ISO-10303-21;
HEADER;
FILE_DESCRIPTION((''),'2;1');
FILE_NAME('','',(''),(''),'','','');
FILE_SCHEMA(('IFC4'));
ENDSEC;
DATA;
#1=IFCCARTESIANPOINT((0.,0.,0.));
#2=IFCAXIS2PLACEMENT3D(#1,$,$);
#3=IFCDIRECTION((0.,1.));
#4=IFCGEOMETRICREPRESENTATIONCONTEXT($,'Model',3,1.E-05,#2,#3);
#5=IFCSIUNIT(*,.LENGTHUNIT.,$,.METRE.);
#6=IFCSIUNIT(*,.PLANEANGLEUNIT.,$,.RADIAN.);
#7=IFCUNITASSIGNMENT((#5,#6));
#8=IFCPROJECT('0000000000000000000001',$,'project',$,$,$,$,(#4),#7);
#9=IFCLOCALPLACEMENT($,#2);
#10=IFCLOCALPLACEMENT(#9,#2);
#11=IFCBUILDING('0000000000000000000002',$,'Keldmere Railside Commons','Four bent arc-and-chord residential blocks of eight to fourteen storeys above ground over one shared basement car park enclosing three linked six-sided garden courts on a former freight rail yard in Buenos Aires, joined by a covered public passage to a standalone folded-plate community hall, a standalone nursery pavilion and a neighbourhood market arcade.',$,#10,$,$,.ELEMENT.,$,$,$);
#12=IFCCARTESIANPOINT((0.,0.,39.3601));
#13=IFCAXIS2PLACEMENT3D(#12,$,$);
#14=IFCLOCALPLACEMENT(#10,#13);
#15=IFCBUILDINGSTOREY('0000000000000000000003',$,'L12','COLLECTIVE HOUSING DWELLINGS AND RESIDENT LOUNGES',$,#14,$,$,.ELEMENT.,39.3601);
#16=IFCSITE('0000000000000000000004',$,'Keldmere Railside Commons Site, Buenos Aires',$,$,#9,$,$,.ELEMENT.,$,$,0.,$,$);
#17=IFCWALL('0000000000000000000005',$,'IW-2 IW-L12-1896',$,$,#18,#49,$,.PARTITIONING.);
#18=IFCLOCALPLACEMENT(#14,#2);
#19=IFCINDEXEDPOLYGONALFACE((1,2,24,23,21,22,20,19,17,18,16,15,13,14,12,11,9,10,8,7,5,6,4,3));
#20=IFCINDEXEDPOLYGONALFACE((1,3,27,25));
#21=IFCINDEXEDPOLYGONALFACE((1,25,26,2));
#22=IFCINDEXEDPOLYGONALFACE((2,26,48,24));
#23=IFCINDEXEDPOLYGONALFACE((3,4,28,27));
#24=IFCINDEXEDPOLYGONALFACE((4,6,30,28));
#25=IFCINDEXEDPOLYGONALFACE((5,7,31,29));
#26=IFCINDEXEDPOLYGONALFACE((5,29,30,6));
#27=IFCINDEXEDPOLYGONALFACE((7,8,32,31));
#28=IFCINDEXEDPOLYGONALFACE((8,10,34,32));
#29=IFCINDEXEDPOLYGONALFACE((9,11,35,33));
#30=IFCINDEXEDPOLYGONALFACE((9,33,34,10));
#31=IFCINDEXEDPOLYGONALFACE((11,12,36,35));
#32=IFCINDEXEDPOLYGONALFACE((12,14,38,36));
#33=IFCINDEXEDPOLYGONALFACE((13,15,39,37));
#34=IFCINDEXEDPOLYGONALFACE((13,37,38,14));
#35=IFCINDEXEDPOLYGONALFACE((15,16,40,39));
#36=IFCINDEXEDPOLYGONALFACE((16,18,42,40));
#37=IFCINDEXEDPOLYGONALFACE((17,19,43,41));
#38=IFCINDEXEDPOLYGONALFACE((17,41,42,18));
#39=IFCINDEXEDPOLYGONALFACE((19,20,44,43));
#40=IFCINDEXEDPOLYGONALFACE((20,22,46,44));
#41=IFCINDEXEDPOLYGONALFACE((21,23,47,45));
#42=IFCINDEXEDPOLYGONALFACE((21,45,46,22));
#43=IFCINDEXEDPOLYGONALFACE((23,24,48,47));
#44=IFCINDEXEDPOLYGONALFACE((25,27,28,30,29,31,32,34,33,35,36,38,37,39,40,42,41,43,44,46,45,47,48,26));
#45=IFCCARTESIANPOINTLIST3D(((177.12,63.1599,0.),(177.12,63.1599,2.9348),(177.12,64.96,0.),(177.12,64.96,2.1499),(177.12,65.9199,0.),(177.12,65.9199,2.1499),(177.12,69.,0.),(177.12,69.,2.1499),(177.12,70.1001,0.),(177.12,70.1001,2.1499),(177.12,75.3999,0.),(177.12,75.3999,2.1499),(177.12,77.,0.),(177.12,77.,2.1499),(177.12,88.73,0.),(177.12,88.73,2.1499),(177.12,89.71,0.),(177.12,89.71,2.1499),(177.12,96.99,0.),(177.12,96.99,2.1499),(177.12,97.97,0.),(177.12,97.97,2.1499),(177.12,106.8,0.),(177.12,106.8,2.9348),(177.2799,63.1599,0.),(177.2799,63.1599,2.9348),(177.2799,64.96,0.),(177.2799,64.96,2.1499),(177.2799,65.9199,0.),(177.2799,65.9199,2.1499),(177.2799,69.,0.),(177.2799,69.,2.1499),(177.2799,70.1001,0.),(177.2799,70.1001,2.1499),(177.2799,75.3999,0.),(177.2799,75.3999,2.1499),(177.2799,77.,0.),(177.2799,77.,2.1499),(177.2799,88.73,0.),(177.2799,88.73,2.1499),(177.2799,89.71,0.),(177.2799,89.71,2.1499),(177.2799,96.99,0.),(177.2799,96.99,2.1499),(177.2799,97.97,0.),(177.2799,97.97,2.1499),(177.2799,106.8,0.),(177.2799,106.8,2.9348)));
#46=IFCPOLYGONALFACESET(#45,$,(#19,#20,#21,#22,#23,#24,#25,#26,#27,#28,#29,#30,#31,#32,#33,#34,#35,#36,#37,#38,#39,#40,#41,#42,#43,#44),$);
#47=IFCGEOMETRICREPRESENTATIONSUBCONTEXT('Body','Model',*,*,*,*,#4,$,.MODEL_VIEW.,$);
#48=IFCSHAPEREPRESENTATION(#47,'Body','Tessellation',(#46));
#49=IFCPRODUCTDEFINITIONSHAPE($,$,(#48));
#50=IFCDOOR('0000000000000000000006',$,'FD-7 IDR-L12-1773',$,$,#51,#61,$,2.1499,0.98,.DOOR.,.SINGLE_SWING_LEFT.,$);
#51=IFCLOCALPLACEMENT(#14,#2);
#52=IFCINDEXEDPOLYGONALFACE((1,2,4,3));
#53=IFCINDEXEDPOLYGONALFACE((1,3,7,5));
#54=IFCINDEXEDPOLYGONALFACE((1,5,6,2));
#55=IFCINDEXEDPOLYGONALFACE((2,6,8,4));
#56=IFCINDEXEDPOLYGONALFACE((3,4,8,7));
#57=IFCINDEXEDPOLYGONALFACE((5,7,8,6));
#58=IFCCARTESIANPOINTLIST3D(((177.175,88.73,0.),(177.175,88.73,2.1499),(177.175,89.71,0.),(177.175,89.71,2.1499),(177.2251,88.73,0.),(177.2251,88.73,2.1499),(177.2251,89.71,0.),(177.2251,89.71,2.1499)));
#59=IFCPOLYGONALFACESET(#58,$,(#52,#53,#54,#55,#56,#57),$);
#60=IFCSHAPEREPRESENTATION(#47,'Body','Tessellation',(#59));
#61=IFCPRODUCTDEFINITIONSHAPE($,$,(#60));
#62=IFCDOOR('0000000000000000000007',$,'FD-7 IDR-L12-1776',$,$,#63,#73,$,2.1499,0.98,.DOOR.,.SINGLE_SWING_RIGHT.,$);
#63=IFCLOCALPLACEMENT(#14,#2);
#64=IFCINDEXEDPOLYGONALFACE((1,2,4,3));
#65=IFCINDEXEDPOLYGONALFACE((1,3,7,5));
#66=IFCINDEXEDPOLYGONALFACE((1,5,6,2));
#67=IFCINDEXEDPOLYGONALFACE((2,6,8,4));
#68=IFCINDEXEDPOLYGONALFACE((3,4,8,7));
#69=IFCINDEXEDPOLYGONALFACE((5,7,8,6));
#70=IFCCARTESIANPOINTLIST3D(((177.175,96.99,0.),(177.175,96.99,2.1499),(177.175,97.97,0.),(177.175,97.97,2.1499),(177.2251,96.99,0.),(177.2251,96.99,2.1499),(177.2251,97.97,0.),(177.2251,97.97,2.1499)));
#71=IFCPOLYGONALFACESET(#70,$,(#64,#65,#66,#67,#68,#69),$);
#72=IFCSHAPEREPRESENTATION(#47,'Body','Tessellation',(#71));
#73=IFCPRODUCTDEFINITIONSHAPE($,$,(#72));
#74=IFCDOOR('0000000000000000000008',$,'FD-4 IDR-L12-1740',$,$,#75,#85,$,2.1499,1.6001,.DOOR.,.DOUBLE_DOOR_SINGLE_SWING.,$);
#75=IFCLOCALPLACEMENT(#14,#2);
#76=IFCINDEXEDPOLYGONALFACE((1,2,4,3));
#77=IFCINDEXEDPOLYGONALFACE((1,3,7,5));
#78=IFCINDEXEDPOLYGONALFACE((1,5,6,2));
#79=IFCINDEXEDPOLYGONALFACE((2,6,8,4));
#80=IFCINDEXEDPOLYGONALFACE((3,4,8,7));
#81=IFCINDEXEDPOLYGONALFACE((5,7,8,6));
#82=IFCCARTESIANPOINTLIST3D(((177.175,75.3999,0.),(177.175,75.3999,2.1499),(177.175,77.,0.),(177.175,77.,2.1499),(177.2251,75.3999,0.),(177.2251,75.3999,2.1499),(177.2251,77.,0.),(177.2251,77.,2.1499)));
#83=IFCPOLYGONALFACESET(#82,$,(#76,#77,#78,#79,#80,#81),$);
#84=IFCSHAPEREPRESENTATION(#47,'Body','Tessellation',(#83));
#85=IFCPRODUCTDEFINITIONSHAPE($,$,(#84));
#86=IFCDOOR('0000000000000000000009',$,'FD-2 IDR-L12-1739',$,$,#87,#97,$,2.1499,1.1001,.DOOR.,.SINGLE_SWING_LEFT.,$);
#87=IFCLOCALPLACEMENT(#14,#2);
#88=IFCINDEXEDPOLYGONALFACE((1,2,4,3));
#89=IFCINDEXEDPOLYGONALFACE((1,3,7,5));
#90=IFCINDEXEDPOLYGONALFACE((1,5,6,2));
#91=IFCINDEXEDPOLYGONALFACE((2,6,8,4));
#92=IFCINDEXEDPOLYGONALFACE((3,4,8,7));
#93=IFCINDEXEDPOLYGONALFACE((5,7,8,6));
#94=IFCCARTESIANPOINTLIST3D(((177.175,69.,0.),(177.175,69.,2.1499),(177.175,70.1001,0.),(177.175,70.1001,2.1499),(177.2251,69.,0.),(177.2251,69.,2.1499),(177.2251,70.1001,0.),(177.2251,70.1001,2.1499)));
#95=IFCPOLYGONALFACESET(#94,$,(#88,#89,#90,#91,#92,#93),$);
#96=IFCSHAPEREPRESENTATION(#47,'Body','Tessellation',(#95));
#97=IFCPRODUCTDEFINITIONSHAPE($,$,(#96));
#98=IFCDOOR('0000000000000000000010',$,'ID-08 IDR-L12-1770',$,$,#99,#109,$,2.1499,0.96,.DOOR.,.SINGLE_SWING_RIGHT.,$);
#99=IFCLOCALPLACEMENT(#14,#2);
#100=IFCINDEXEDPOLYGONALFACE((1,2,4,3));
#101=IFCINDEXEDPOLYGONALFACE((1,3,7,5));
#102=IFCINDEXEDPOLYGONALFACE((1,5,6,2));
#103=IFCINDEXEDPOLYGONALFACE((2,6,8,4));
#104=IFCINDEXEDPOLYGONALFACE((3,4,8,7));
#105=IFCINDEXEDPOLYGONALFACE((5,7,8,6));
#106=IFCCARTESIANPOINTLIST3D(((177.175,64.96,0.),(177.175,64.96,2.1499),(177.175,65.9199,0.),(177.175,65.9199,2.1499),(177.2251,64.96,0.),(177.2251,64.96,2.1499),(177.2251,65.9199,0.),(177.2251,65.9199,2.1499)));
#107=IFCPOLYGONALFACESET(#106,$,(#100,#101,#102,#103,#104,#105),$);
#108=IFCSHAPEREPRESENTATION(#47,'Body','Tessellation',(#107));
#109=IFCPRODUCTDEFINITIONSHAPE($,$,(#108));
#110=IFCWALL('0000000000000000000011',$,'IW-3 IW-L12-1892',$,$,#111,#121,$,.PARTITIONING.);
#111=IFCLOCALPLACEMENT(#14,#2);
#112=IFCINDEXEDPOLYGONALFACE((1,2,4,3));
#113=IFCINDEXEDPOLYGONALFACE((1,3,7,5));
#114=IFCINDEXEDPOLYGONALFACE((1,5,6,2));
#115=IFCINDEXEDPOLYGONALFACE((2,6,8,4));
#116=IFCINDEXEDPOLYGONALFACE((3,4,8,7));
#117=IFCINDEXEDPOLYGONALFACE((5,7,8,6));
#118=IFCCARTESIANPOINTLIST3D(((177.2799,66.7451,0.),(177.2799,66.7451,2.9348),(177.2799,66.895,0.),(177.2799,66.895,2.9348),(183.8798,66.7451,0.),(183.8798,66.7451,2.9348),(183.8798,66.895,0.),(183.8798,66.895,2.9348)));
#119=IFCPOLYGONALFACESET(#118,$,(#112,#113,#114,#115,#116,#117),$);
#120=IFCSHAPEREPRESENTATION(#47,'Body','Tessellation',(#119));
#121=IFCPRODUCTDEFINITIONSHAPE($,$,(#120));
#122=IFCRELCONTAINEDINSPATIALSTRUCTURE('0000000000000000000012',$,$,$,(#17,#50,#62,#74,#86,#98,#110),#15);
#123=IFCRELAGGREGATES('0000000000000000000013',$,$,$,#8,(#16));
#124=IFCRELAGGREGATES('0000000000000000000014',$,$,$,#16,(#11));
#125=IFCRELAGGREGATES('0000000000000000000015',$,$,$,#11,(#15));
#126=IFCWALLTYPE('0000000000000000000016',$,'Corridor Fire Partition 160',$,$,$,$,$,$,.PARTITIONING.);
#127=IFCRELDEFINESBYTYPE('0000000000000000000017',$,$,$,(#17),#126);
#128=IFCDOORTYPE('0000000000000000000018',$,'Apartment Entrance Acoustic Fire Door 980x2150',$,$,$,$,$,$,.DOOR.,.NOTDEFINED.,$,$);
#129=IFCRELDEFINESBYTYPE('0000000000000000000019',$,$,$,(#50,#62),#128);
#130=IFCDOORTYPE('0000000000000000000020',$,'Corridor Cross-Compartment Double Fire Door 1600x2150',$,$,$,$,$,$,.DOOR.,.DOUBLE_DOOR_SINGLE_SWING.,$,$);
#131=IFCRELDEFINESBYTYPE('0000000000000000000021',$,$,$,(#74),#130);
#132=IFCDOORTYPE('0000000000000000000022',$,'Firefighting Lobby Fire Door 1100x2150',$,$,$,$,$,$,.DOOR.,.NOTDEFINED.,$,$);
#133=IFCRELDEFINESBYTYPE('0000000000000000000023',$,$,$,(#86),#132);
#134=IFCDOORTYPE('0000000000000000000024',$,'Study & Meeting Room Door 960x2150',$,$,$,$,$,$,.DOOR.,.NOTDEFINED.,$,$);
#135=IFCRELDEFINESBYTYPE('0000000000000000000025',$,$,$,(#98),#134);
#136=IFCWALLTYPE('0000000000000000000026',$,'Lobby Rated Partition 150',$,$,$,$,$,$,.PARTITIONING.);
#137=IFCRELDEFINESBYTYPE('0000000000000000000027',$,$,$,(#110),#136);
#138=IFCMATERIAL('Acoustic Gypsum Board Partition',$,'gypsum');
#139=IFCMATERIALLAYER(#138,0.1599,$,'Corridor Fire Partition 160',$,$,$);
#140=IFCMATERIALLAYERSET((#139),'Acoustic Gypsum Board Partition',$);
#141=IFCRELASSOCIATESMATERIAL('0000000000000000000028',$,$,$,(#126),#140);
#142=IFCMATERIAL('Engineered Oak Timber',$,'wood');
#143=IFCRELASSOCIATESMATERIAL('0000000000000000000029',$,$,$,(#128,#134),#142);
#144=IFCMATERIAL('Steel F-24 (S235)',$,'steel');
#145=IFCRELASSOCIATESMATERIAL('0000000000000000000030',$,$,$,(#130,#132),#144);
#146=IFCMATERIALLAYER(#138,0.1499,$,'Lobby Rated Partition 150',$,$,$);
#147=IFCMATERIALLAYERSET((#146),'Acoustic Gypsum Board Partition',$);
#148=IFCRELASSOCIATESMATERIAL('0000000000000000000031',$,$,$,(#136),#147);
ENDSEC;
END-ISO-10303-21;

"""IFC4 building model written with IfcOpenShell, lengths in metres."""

from ifc_helpers import new_model, si_unit, direction, frame, frame_2d, origin, place, context, subcontext, project, spatial, rectangle, extrude, material, layer, layer_set, type_object, element, fill, save


model = new_model("IFC4")

# Units and contexts
model_context = context("Model", 3, precision=1e-05, world=origin(), true_north=direction((0.0, 1.0)))
body_context = subcontext(model_context, "Body", "Model", "MODEL_VIEW")
ifc_project = project(units=[si_unit("LENGTHUNIT", "METRE"), si_unit("PLANEANGLEUNIT", "RADIAN")], contexts=[model_context])

# Site, building, storey
site_placement = place(None, origin())
site = spatial("IfcSite", under=ifc_project, at=site_placement, Name="Keldmere Railside Commons Site, Buenos Aires", CompositionType="ELEMENT", RefElevation=0.0)
building_placement = place(site_placement, origin())
building = spatial("IfcBuilding", under=site, at=building_placement, Name="Keldmere Railside Commons", Description="Four bent arc-and-chord residential blocks of eight to fourteen storeys above ground over one shared basement car park enclosing three linked six-sided garden courts on a former freight rail yard in Buenos Aires, joined by a covered public passage to a standalone folded-plate community hall, a standalone nursery pavilion and a neighbourhood market arcade.", CompositionType="ELEMENT")
storey_placement = place(building_placement, frame((0.0, 0.0, 39.3601)))
storey = spatial("IfcBuildingStorey", under=building, at=storey_placement, Name="L12", Description="COLLECTIVE HOUSING DWELLINGS AND RESIDENT LOUNGES", CompositionType="ELEMENT", Elevation=39.3601)

# Shared definitions
ifc_material_1 = material(Name="Steel F-24 (S235)", Category="steel")

# Wall, openings, doors
ifc_material_2 = material(Name="Acoustic Gypsum Board Partition", Category="gypsum")
ifc_layer_1 = layer(ifc_material_2, 0.1599, Name="Corridor Fire Partition 160")
ifc_layer_set_1 = layer_set([ifc_layer_1], Name="Acoustic Gypsum Board Partition")
wall_type_1 = type_object("IfcWallType", Name="Corridor Fire Partition 160", PredefinedType="PARTITIONING", material=ifc_layer_set_1)
ifc_material_3 = material(Name="Engineered Oak Timber", Category="wood")
door_type_1 = type_object("IfcDoorType", Name="Apartment Entrance Acoustic Fire Door 980x2150", OperationType="NOTDEFINED", PredefinedType="DOOR", material=ifc_material_3)
wall_1_placement = place(storey_placement, frame((177.2, 63.1599, 0.0), z_axis=(0.0, 0.0, 1.0), x_axis=(0.0, 1.0, 0.0)))
wall_1 = element("IfcWall", 1, at=wall_1_placement, inside=storey, type_object=wall_type_1, Name="IW-2 IW-L12-1896", PredefinedType="PARTITIONING", context=body_context, shape_type="SweptSolid", body=[
    extrude(rectangle(XDim=43.6401, YDim=0.1599, at=frame_2d((21.8201, 0.0))), origin(), (0.0, 0.0, 1.0), 2.9348),
])
opening_1_placement = place(wall_1_placement, frame((5.8401, 0.0, 0.0)))
opening_1 = element("IfcOpeningElement", 2, at=opening_1_placement, cuts=wall_1, PredefinedType="OPENING", context=body_context, shape_type="SweptSolid", body=[
    extrude(rectangle(XDim=1.1001, YDim=2.1499, at=frame_2d((0.55, 1.075))), frame((0.0, 0.0898, 0.0), z_axis=(0.0, -1.0, 0.0), x_axis=(1.0, 0.0, 0.0)), (0.0, 0.0, 1.0), 0.1799),
])
opening_2_placement = place(wall_1_placement, frame((12.24, 0.0, 0.0)))
opening_2 = element("IfcOpeningElement", 3, at=opening_2_placement, cuts=wall_1, PredefinedType="OPENING", context=body_context, shape_type="SweptSolid", body=[
    extrude(rectangle(XDim=1.6001, YDim=2.1499, at=frame_2d((0.8, 1.075))), frame((0.0, 0.0898, 0.0), z_axis=(0.0, -1.0, 0.0), x_axis=(1.0, 0.0, 0.0)), (0.0, 0.0, 1.0), 0.1799),
])
opening_3_placement = place(wall_1_placement, frame((1.8, 0.0, 0.0)))
opening_3 = element("IfcOpeningElement", 4, at=opening_3_placement, cuts=wall_1, PredefinedType="OPENING", context=body_context, shape_type="SweptSolid", body=[
    extrude(rectangle(XDim=0.96, YDim=2.1499, at=frame_2d((0.48, 1.075))), frame((0.0, 0.0898, 0.0), z_axis=(0.0, -1.0, 0.0), x_axis=(1.0, 0.0, 0.0)), (0.0, 0.0, 1.0), 0.1799),
])
opening_4_placement = place(wall_1_placement, frame((25.5701, 0.0, 0.0)))
opening_4 = element("IfcOpeningElement", 5, at=opening_4_placement, cuts=wall_1, PredefinedType="OPENING", context=body_context, shape_type="SweptSolid", body=[
    extrude(rectangle(XDim=0.98, YDim=2.1499, at=frame_2d((0.49, 1.075))), frame((0.0, 0.0898, 0.0), z_axis=(0.0, -1.0, 0.0), x_axis=(1.0, 0.0, 0.0)), (0.0, 0.0, 1.0), 0.1799),
])
opening_5_placement = place(wall_1_placement, frame((33.8301, 0.0, 0.0)))
opening_5 = element("IfcOpeningElement", 6, at=opening_5_placement, cuts=wall_1, PredefinedType="OPENING", context=body_context, shape_type="SweptSolid", body=[
    extrude(rectangle(XDim=0.98, YDim=2.1499, at=frame_2d((0.49, 1.075))), frame((0.0, 0.0898, 0.0), z_axis=(0.0, -1.0, 0.0), x_axis=(1.0, 0.0, 0.0)), (0.0, 0.0, 1.0), 0.1799),
])
door_1_placement = place(opening_4_placement, origin())
door_1 = element("IfcDoor", 7, at=door_1_placement, inside=storey, type_object=door_type_1, Name="FD-7 IDR-L12-1773", OperationType="SINGLE_SWING_LEFT", OverallHeight=2.1499, OverallWidth=0.98, PredefinedType="DOOR", context=body_context, shape_type="SweptSolid", body=[
    extrude(rectangle(XDim=0.98, YDim=2.1499, at=frame_2d((0.49, 1.075))), frame((0.0, 0.0249, 0.0), z_axis=(0.0, -1.0, 0.0), x_axis=(1.0, 0.0, 0.0)), (0.0, 0.0, 1.0), 0.05),
])
fill(opening_4, door_1)
door_2_placement = place(opening_5_placement, origin())
door_2 = element("IfcDoor", 8, at=door_2_placement, inside=storey, type_object=door_type_1, Name="FD-7 IDR-L12-1776", OperationType="SINGLE_SWING_RIGHT", OverallHeight=2.1499, OverallWidth=0.98, PredefinedType="DOOR", context=body_context, shape_type="SweptSolid", body=[
    extrude(rectangle(XDim=0.98, YDim=2.1499, at=frame_2d((0.49, 1.075))), frame((0.0, 0.0249, 0.0), z_axis=(0.0, -1.0, 0.0), x_axis=(1.0, 0.0, 0.0)), (0.0, 0.0, 1.0), 0.05),
])
fill(opening_5, door_2)
door_type_2 = type_object("IfcDoorType", Name="Corridor Cross-Compartment Double Fire Door 1600x2150", OperationType="DOUBLE_DOOR_SINGLE_SWING", PredefinedType="DOOR", material=ifc_material_1)
door_3_placement = place(opening_2_placement, origin())
door_3 = element("IfcDoor", 9, at=door_3_placement, inside=storey, type_object=door_type_2, Name="FD-4 IDR-L12-1740", OperationType="DOUBLE_DOOR_SINGLE_SWING", OverallHeight=2.1499, OverallWidth=1.6001, PredefinedType="DOOR", context=body_context, shape_type="SweptSolid", body=[
    extrude(rectangle(XDim=1.6001, YDim=2.1499, at=frame_2d((0.8, 1.075))), frame((0.0, 0.0249, 0.0), z_axis=(0.0, -1.0, 0.0), x_axis=(1.0, 0.0, 0.0)), (0.0, 0.0, 1.0), 0.05),
])
fill(opening_2, door_3)
door_type_3 = type_object("IfcDoorType", Name="Firefighting Lobby Fire Door 1100x2150", OperationType="NOTDEFINED", PredefinedType="DOOR", material=ifc_material_1)
door_4_placement = place(opening_1_placement, origin())
door_4 = element("IfcDoor", 10, at=door_4_placement, inside=storey, type_object=door_type_3, Name="FD-2 IDR-L12-1739", OperationType="SINGLE_SWING_LEFT", OverallHeight=2.1499, OverallWidth=1.1001, PredefinedType="DOOR", context=body_context, shape_type="SweptSolid", body=[
    extrude(rectangle(XDim=1.1001, YDim=2.1499, at=frame_2d((0.55, 1.075))), frame((0.0, 0.0249, 0.0), z_axis=(0.0, -1.0, 0.0), x_axis=(1.0, 0.0, 0.0)), (0.0, 0.0, 1.0), 0.05),
])
fill(opening_1, door_4)
door_type_4 = type_object("IfcDoorType", Name="Study & Meeting Room Door 960x2150", OperationType="NOTDEFINED", PredefinedType="DOOR", material=ifc_material_3)
door_5_placement = place(opening_3_placement, origin())
door_5 = element("IfcDoor", 11, at=door_5_placement, inside=storey, type_object=door_type_4, Name="ID-08 IDR-L12-1770", OperationType="SINGLE_SWING_RIGHT", OverallHeight=2.1499, OverallWidth=0.96, PredefinedType="DOOR", context=body_context, shape_type="SweptSolid", body=[
    extrude(rectangle(XDim=0.96, YDim=2.1499, at=frame_2d((0.48, 1.075))), frame((0.0, 0.0249, 0.0), z_axis=(0.0, -1.0, 0.0), x_axis=(1.0, 0.0, 0.0)), (0.0, 0.0, 1.0), 0.05),
])
fill(opening_3, door_5)

# Wall
ifc_layer_2 = layer(ifc_material_2, 0.1499, Name="Lobby Rated Partition 150")
ifc_layer_set_2 = layer_set([ifc_layer_2], Name="Acoustic Gypsum Board Partition")
wall_type_2 = type_object("IfcWallType", Name="Lobby Rated Partition 150", PredefinedType="PARTITIONING", material=ifc_layer_set_2)
wall_2_placement = place(storey_placement, frame((177.28, 66.8201, 0.0), z_axis=(0.0, 0.0, 1.0), x_axis=(1.0, 0.0, 0.0)))
element("IfcWall", 12, at=wall_2_placement, inside=storey, type_object=wall_type_2, Name="IW-3 IW-L12-1892", PredefinedType="PARTITIONING", context=body_context, shape_type="SweptSolid", body=[
    extrude(rectangle(XDim=6.5999, YDim=0.1499, at=frame_2d((3.2998, 0.0))), origin(), (0.0, 0.0, 1.0), 2.9348),
])

save(model, "model.ifc")
